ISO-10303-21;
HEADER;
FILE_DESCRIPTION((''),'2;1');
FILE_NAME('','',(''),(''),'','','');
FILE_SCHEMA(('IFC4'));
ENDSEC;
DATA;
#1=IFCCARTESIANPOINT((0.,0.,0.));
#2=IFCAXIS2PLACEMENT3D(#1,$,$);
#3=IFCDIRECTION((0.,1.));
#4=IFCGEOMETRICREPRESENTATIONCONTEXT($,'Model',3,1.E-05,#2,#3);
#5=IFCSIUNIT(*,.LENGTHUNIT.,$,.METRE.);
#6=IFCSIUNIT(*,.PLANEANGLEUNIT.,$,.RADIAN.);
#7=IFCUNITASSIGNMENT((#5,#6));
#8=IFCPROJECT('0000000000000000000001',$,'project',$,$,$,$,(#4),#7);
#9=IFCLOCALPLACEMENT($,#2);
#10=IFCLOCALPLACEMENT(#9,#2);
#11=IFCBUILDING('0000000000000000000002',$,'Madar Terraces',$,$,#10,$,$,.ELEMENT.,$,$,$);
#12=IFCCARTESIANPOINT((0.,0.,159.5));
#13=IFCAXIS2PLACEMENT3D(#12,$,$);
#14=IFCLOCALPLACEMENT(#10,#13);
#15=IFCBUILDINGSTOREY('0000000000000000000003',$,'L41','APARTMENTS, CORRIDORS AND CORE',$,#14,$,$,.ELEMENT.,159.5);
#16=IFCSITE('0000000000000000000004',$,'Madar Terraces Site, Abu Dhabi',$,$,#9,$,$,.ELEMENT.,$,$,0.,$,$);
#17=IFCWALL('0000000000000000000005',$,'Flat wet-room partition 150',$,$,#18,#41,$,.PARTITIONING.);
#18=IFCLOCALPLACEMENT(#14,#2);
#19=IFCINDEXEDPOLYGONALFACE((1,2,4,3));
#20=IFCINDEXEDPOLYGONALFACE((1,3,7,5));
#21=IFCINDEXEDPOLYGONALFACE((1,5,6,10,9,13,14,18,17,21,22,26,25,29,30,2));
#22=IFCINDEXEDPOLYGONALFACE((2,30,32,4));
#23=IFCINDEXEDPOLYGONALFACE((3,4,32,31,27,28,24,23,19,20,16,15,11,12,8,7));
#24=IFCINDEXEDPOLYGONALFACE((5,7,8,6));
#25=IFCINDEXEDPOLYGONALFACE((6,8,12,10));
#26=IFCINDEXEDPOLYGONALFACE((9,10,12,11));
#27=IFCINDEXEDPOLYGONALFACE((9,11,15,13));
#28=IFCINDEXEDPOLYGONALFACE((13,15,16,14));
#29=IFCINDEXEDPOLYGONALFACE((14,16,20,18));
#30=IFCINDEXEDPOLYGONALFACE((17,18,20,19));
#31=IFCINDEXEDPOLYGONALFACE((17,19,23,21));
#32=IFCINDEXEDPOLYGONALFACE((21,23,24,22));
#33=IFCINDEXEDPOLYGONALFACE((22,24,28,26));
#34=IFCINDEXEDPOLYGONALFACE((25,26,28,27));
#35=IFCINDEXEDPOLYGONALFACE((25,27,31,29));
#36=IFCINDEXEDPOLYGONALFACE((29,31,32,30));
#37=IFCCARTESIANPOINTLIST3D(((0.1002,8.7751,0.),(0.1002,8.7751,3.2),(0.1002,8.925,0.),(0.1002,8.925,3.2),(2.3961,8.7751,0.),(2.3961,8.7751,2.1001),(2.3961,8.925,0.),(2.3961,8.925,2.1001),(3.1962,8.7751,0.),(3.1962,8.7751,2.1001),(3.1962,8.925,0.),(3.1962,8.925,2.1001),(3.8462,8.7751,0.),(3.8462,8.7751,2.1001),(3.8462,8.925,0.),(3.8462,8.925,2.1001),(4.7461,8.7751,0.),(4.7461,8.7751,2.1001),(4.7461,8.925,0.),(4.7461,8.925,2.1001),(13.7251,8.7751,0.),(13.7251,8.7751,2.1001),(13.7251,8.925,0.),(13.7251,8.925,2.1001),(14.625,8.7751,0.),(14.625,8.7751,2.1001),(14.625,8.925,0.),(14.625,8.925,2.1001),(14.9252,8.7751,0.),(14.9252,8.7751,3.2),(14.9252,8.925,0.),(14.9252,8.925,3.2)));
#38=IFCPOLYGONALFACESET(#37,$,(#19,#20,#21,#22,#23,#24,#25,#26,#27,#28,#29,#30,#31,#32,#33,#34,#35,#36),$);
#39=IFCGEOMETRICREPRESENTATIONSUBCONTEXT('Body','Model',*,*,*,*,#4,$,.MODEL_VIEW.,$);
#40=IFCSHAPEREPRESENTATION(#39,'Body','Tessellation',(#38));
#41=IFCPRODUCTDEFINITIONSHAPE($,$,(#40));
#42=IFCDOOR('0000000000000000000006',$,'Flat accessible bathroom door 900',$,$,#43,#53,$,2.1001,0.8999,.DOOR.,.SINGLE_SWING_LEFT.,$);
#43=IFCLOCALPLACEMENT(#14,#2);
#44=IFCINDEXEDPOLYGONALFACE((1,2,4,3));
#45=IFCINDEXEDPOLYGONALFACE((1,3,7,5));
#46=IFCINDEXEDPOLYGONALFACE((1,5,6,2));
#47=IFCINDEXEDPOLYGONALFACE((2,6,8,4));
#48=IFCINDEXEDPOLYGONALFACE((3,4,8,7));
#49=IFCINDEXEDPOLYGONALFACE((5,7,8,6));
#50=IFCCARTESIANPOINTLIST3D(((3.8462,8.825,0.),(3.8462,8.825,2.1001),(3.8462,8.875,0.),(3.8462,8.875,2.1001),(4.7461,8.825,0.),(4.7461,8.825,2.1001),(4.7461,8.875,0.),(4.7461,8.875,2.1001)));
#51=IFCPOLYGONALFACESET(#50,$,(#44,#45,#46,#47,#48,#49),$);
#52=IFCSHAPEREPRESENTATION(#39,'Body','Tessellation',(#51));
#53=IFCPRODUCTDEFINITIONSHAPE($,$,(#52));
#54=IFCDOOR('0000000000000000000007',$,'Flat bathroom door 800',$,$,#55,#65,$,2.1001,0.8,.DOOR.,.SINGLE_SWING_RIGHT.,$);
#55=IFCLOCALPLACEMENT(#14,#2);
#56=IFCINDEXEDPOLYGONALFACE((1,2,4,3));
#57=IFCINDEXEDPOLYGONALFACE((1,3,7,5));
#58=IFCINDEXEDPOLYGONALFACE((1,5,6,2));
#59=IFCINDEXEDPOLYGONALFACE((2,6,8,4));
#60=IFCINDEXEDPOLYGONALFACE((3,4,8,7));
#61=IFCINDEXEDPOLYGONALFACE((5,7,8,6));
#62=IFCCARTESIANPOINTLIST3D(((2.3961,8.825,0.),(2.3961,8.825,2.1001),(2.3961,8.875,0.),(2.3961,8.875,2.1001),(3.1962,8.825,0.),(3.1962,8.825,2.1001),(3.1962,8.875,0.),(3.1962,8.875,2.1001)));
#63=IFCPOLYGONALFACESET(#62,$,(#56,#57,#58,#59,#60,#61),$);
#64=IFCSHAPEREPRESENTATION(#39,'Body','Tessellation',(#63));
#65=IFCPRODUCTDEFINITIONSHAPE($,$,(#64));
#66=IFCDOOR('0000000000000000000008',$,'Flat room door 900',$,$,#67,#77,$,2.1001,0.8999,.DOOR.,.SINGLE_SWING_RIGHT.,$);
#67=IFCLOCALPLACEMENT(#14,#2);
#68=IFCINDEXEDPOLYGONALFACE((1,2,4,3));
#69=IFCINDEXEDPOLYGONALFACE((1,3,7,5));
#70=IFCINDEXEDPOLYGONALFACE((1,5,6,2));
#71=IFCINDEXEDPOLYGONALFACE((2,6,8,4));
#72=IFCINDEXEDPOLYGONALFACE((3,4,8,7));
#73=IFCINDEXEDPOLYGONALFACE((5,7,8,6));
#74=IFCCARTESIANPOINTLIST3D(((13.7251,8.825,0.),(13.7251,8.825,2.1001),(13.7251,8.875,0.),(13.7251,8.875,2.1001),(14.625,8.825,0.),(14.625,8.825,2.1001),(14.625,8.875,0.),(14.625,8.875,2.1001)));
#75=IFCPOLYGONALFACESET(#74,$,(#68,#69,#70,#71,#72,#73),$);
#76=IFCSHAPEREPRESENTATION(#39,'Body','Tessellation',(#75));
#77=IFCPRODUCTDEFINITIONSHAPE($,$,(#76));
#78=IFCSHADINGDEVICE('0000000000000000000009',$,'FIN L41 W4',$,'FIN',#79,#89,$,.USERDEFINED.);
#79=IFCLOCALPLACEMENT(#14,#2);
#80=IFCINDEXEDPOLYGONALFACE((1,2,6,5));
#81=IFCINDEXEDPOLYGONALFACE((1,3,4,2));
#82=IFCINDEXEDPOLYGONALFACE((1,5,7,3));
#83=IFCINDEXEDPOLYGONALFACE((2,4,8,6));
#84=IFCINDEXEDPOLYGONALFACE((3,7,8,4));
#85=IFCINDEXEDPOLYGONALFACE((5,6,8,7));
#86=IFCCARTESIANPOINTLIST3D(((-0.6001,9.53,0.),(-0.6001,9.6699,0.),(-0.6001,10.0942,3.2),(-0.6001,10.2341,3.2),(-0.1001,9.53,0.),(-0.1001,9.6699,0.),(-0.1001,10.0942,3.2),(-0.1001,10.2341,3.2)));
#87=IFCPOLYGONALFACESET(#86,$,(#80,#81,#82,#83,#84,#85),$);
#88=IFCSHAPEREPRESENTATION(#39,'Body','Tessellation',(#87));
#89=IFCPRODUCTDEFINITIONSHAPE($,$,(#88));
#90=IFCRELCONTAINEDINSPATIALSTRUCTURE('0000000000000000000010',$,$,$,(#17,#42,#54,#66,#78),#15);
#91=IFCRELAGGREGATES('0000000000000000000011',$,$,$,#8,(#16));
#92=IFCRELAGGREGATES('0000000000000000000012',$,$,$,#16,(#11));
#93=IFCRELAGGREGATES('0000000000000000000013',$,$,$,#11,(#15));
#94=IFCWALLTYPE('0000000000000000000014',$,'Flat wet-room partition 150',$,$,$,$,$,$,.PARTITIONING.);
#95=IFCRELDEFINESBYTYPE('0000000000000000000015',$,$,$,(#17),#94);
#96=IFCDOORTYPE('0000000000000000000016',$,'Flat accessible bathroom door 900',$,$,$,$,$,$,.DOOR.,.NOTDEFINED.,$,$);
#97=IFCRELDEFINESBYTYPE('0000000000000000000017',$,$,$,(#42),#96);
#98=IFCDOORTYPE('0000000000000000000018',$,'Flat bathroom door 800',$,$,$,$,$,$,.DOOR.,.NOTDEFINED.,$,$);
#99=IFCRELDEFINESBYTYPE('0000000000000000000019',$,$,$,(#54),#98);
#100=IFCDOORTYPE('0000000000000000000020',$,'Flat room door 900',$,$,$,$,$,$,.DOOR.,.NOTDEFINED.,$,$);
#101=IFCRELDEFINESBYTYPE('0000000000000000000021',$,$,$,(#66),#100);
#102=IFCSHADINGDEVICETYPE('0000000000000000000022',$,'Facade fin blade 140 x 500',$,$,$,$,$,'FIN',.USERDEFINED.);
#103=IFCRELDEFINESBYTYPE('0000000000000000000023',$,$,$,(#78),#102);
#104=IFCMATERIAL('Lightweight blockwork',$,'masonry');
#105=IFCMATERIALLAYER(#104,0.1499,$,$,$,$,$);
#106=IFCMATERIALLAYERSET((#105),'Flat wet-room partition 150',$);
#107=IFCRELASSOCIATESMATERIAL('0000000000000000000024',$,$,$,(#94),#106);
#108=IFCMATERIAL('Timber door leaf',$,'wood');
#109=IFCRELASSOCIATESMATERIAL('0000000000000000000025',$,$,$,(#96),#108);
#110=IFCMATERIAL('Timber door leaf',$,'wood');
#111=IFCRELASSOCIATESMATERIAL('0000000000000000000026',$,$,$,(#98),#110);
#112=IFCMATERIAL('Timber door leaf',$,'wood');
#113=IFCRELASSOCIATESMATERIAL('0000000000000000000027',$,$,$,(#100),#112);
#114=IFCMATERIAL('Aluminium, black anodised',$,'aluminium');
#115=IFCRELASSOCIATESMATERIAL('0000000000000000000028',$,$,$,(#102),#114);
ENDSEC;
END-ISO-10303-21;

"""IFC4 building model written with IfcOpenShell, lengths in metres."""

from ifc_helpers import new_model, si_unit, direction, frame, frame_2d, origin, place, context, subcontext, project, spatial, polyline, rectangle, outline, extrude, material, layer, layer_set, type_object, element, fill, save


model = new_model("IFC4")

# Units and contexts
model_context = context("Model", 3, precision=1e-05, world=origin(), true_north=direction((0.0, 1.0)))
body_context = subcontext(model_context, "Body", "Model", "MODEL_VIEW")
ifc_project = project(units=[si_unit("LENGTHUNIT", "METRE"), si_unit("PLANEANGLEUNIT", "RADIAN")], contexts=[model_context])

# Site, building, storey
site_placement = place(None, origin())
site = spatial("IfcSite", under=ifc_project, at=site_placement, Name="Madar Terraces Site, Abu Dhabi", CompositionType="ELEMENT", RefElevation=0.0)
building_placement = place(site_placement, origin())
building = spatial("IfcBuilding", under=site, at=building_placement, Name="Madar Terraces", CompositionType="ELEMENT")
storey_placement = place(building_placement, frame((0.0, 0.0, 159.5)))
storey = spatial("IfcBuildingStorey", under=building, at=storey_placement, Name="L41", Description="APARTMENTS, CORRIDORS AND CORE", CompositionType="ELEMENT", Elevation=159.5)

# Shared definitions
ifc_material_1 = material(Name="Lightweight blockwork", Category="masonry")
ifc_layer_1 = layer(ifc_material_1, 0.1499)
ifc_layer_set_1 = layer_set([ifc_layer_1], Name="Flat wet-room partition 150")
wall_type_1 = type_object("IfcWallType", Name="Flat wet-room partition 150", PredefinedType="PARTITIONING", material=ifc_layer_set_1)

# Wall, openings, doors
wall_1_placement = place(storey_placement, frame((0.1001, 8.8501, 0.0), z_axis=(0.0, 0.0, 1.0), x_axis=(1.0, 0.0, 0.0)))
wall_1 = element("IfcWall", 1, at=wall_1_placement, inside=storey, type_object=wall_type_1, Name="Flat wet-room partition 150", PredefinedType="PARTITIONING", context=body_context, shape_type="SweptSolid", body=[
    extrude(rectangle(XDim=14.825, YDim=0.1499, at=frame_2d((7.4126, 0.0))), origin(), (0.0, 0.0, 1.0), 3.2),
])
opening_1_placement = place(wall_1_placement, frame((13.625, 0.0, 0.0)))
opening_1 = element("IfcOpeningElement", 2, at=opening_1_placement, cuts=wall_1, PredefinedType="OPENING", context=body_context, shape_type="SweptSolid", body=[
    extrude(rectangle(XDim=0.8999, YDim=2.1001, at=frame_2d((0.45, 1.05))), frame((0.0, 0.085, 0.0), z_axis=(0.0, -1.0, 0.0), x_axis=(1.0, 0.0, 0.0)), (0.0, 0.0, 1.0), 0.1699),
])
opening_2_placement = place(wall_1_placement, frame((3.7461, 0.0, 0.0)))
opening_2 = element("IfcOpeningElement", 3, at=opening_2_placement, cuts=wall_1, PredefinedType="OPENING", context=body_context, shape_type="SweptSolid", body=[
    extrude(rectangle(XDim=0.8999, YDim=2.1001, at=frame_2d((0.45, 1.05))), frame((0.0, 0.085, 0.0), z_axis=(0.0, -1.0, 0.0), x_axis=(1.0, 0.0, 0.0)), (0.0, 0.0, 1.0), 0.1699),
])
opening_3_placement = place(wall_1_placement, frame((2.2961, 0.0, 0.0)))
opening_3 = element("IfcOpeningElement", 4, at=opening_3_placement, cuts=wall_1, PredefinedType="OPENING", context=body_context, shape_type="SweptSolid", body=[
    extrude(rectangle(XDim=0.8, YDim=2.1001, at=frame_2d((0.3999, 1.05))), frame((0.0, 0.085, 0.0), z_axis=(0.0, -1.0, 0.0), x_axis=(1.0, 0.0, 0.0)), (0.0, 0.0, 1.0), 0.1699),
])
ifc_material_2 = material(Name="Timber door leaf", Category="wood")
door_type_1 = type_object("IfcDoorType", Name="Flat accessible bathroom door 900", OperationType="NOTDEFINED", PredefinedType="DOOR", material=ifc_material_2)
door_1_placement = place(opening_2_placement, origin())
door_1 = element("IfcDoor", 5, at=door_1_placement, inside=storey, type_object=door_type_1, Name="Flat accessible bathroom door 900", OperationType="SINGLE_SWING_LEFT", OverallHeight=2.1001, OverallWidth=0.8999, PredefinedType="DOOR", context=body_context, shape_type="SweptSolid", body=[
    extrude(rectangle(XDim=0.8999, YDim=2.1001, at=frame_2d((0.45, 1.05))), frame((0.0, 0.0249, 0.0), z_axis=(0.0, -1.0, 0.0), x_axis=(1.0, 0.0, 0.0)), (0.0, 0.0, 1.0), 0.05),
])
fill(opening_2, door_1)
ifc_material_3 = material(Name="Timber door leaf", Category="wood")
door_type_2 = type_object("IfcDoorType", Name="Flat bathroom door 800", OperationType="NOTDEFINED", PredefinedType="DOOR", material=ifc_material_3)
door_2_placement = place(opening_3_placement, origin())
door_2 = element("IfcDoor", 6, at=door_2_placement, inside=storey, type_object=door_type_2, Name="Flat bathroom door 800", OperationType="SINGLE_SWING_RIGHT", OverallHeight=2.1001, OverallWidth=0.8, PredefinedType="DOOR", context=body_context, shape_type="SweptSolid", body=[
    extrude(rectangle(XDim=0.8, YDim=2.1001, at=frame_2d((0.3999, 1.05))), frame((0.0, 0.0249, 0.0), z_axis=(0.0, -1.0, 0.0), x_axis=(1.0, 0.0, 0.0)), (0.0, 0.0, 1.0), 0.05),
])
fill(opening_3, door_2)
ifc_material_4 = material(Name="Timber door leaf", Category="wood")
door_type_3 = type_object("IfcDoorType", Name="Flat room door 900", OperationType="NOTDEFINED", PredefinedType="DOOR", material=ifc_material_4)
door_3_placement = place(opening_1_placement, origin())
door_3 = element("IfcDoor", 7, at=door_3_placement, inside=storey, type_object=door_type_3, Name="Flat room door 900", OperationType="SINGLE_SWING_RIGHT", OverallHeight=2.1001, OverallWidth=0.8999, PredefinedType="DOOR", context=body_context, shape_type="SweptSolid", body=[
    extrude(rectangle(XDim=0.8999, YDim=2.1001, at=frame_2d((0.45, 1.05))), frame((0.0, 0.0249, 0.0), z_axis=(0.0, -1.0, 0.0), x_axis=(1.0, 0.0, 0.0)), (0.0, 0.0, 1.0), 0.05),
])
fill(opening_1, door_3)

# Shading device
ifc_material_5 = material(Name="Aluminium, black anodised", Category="aluminium")
shading_device_type = type_object("IfcShadingDeviceType", Name="Facade fin blade 140 x 500", ElementType="FIN", PredefinedType="USERDEFINED", material=ifc_material_5)
shading_device_placement = place(storey_placement, frame((-0.3501, 9.6699, 0.0), z_axis=(0.0, 0.0, 1.0), x_axis=(0.0, -1.0, 0.0)))
element("IfcShadingDevice", 8, at=shading_device_placement, inside=storey, type_object=shading_device_type, Name="FIN L41 W4", ObjectType="FIN", PredefinedType="USERDEFINED", context=body_context, shape_type="SweptSolid", body=[
    extrude(outline(polyline([(0.0, 0.0), (0.1399, 0.0), (-0.4243, 3.2), (-0.5642, 3.2), (0.0, 0.0)])), frame((0.0, 0.25, 0.0), z_axis=(0.0, -1.0, 0.0), x_axis=(1.0, 0.0, 0.0)), (0.0, 0.0, 1.0), 0.5),
])

save(model, "model.ifc")
